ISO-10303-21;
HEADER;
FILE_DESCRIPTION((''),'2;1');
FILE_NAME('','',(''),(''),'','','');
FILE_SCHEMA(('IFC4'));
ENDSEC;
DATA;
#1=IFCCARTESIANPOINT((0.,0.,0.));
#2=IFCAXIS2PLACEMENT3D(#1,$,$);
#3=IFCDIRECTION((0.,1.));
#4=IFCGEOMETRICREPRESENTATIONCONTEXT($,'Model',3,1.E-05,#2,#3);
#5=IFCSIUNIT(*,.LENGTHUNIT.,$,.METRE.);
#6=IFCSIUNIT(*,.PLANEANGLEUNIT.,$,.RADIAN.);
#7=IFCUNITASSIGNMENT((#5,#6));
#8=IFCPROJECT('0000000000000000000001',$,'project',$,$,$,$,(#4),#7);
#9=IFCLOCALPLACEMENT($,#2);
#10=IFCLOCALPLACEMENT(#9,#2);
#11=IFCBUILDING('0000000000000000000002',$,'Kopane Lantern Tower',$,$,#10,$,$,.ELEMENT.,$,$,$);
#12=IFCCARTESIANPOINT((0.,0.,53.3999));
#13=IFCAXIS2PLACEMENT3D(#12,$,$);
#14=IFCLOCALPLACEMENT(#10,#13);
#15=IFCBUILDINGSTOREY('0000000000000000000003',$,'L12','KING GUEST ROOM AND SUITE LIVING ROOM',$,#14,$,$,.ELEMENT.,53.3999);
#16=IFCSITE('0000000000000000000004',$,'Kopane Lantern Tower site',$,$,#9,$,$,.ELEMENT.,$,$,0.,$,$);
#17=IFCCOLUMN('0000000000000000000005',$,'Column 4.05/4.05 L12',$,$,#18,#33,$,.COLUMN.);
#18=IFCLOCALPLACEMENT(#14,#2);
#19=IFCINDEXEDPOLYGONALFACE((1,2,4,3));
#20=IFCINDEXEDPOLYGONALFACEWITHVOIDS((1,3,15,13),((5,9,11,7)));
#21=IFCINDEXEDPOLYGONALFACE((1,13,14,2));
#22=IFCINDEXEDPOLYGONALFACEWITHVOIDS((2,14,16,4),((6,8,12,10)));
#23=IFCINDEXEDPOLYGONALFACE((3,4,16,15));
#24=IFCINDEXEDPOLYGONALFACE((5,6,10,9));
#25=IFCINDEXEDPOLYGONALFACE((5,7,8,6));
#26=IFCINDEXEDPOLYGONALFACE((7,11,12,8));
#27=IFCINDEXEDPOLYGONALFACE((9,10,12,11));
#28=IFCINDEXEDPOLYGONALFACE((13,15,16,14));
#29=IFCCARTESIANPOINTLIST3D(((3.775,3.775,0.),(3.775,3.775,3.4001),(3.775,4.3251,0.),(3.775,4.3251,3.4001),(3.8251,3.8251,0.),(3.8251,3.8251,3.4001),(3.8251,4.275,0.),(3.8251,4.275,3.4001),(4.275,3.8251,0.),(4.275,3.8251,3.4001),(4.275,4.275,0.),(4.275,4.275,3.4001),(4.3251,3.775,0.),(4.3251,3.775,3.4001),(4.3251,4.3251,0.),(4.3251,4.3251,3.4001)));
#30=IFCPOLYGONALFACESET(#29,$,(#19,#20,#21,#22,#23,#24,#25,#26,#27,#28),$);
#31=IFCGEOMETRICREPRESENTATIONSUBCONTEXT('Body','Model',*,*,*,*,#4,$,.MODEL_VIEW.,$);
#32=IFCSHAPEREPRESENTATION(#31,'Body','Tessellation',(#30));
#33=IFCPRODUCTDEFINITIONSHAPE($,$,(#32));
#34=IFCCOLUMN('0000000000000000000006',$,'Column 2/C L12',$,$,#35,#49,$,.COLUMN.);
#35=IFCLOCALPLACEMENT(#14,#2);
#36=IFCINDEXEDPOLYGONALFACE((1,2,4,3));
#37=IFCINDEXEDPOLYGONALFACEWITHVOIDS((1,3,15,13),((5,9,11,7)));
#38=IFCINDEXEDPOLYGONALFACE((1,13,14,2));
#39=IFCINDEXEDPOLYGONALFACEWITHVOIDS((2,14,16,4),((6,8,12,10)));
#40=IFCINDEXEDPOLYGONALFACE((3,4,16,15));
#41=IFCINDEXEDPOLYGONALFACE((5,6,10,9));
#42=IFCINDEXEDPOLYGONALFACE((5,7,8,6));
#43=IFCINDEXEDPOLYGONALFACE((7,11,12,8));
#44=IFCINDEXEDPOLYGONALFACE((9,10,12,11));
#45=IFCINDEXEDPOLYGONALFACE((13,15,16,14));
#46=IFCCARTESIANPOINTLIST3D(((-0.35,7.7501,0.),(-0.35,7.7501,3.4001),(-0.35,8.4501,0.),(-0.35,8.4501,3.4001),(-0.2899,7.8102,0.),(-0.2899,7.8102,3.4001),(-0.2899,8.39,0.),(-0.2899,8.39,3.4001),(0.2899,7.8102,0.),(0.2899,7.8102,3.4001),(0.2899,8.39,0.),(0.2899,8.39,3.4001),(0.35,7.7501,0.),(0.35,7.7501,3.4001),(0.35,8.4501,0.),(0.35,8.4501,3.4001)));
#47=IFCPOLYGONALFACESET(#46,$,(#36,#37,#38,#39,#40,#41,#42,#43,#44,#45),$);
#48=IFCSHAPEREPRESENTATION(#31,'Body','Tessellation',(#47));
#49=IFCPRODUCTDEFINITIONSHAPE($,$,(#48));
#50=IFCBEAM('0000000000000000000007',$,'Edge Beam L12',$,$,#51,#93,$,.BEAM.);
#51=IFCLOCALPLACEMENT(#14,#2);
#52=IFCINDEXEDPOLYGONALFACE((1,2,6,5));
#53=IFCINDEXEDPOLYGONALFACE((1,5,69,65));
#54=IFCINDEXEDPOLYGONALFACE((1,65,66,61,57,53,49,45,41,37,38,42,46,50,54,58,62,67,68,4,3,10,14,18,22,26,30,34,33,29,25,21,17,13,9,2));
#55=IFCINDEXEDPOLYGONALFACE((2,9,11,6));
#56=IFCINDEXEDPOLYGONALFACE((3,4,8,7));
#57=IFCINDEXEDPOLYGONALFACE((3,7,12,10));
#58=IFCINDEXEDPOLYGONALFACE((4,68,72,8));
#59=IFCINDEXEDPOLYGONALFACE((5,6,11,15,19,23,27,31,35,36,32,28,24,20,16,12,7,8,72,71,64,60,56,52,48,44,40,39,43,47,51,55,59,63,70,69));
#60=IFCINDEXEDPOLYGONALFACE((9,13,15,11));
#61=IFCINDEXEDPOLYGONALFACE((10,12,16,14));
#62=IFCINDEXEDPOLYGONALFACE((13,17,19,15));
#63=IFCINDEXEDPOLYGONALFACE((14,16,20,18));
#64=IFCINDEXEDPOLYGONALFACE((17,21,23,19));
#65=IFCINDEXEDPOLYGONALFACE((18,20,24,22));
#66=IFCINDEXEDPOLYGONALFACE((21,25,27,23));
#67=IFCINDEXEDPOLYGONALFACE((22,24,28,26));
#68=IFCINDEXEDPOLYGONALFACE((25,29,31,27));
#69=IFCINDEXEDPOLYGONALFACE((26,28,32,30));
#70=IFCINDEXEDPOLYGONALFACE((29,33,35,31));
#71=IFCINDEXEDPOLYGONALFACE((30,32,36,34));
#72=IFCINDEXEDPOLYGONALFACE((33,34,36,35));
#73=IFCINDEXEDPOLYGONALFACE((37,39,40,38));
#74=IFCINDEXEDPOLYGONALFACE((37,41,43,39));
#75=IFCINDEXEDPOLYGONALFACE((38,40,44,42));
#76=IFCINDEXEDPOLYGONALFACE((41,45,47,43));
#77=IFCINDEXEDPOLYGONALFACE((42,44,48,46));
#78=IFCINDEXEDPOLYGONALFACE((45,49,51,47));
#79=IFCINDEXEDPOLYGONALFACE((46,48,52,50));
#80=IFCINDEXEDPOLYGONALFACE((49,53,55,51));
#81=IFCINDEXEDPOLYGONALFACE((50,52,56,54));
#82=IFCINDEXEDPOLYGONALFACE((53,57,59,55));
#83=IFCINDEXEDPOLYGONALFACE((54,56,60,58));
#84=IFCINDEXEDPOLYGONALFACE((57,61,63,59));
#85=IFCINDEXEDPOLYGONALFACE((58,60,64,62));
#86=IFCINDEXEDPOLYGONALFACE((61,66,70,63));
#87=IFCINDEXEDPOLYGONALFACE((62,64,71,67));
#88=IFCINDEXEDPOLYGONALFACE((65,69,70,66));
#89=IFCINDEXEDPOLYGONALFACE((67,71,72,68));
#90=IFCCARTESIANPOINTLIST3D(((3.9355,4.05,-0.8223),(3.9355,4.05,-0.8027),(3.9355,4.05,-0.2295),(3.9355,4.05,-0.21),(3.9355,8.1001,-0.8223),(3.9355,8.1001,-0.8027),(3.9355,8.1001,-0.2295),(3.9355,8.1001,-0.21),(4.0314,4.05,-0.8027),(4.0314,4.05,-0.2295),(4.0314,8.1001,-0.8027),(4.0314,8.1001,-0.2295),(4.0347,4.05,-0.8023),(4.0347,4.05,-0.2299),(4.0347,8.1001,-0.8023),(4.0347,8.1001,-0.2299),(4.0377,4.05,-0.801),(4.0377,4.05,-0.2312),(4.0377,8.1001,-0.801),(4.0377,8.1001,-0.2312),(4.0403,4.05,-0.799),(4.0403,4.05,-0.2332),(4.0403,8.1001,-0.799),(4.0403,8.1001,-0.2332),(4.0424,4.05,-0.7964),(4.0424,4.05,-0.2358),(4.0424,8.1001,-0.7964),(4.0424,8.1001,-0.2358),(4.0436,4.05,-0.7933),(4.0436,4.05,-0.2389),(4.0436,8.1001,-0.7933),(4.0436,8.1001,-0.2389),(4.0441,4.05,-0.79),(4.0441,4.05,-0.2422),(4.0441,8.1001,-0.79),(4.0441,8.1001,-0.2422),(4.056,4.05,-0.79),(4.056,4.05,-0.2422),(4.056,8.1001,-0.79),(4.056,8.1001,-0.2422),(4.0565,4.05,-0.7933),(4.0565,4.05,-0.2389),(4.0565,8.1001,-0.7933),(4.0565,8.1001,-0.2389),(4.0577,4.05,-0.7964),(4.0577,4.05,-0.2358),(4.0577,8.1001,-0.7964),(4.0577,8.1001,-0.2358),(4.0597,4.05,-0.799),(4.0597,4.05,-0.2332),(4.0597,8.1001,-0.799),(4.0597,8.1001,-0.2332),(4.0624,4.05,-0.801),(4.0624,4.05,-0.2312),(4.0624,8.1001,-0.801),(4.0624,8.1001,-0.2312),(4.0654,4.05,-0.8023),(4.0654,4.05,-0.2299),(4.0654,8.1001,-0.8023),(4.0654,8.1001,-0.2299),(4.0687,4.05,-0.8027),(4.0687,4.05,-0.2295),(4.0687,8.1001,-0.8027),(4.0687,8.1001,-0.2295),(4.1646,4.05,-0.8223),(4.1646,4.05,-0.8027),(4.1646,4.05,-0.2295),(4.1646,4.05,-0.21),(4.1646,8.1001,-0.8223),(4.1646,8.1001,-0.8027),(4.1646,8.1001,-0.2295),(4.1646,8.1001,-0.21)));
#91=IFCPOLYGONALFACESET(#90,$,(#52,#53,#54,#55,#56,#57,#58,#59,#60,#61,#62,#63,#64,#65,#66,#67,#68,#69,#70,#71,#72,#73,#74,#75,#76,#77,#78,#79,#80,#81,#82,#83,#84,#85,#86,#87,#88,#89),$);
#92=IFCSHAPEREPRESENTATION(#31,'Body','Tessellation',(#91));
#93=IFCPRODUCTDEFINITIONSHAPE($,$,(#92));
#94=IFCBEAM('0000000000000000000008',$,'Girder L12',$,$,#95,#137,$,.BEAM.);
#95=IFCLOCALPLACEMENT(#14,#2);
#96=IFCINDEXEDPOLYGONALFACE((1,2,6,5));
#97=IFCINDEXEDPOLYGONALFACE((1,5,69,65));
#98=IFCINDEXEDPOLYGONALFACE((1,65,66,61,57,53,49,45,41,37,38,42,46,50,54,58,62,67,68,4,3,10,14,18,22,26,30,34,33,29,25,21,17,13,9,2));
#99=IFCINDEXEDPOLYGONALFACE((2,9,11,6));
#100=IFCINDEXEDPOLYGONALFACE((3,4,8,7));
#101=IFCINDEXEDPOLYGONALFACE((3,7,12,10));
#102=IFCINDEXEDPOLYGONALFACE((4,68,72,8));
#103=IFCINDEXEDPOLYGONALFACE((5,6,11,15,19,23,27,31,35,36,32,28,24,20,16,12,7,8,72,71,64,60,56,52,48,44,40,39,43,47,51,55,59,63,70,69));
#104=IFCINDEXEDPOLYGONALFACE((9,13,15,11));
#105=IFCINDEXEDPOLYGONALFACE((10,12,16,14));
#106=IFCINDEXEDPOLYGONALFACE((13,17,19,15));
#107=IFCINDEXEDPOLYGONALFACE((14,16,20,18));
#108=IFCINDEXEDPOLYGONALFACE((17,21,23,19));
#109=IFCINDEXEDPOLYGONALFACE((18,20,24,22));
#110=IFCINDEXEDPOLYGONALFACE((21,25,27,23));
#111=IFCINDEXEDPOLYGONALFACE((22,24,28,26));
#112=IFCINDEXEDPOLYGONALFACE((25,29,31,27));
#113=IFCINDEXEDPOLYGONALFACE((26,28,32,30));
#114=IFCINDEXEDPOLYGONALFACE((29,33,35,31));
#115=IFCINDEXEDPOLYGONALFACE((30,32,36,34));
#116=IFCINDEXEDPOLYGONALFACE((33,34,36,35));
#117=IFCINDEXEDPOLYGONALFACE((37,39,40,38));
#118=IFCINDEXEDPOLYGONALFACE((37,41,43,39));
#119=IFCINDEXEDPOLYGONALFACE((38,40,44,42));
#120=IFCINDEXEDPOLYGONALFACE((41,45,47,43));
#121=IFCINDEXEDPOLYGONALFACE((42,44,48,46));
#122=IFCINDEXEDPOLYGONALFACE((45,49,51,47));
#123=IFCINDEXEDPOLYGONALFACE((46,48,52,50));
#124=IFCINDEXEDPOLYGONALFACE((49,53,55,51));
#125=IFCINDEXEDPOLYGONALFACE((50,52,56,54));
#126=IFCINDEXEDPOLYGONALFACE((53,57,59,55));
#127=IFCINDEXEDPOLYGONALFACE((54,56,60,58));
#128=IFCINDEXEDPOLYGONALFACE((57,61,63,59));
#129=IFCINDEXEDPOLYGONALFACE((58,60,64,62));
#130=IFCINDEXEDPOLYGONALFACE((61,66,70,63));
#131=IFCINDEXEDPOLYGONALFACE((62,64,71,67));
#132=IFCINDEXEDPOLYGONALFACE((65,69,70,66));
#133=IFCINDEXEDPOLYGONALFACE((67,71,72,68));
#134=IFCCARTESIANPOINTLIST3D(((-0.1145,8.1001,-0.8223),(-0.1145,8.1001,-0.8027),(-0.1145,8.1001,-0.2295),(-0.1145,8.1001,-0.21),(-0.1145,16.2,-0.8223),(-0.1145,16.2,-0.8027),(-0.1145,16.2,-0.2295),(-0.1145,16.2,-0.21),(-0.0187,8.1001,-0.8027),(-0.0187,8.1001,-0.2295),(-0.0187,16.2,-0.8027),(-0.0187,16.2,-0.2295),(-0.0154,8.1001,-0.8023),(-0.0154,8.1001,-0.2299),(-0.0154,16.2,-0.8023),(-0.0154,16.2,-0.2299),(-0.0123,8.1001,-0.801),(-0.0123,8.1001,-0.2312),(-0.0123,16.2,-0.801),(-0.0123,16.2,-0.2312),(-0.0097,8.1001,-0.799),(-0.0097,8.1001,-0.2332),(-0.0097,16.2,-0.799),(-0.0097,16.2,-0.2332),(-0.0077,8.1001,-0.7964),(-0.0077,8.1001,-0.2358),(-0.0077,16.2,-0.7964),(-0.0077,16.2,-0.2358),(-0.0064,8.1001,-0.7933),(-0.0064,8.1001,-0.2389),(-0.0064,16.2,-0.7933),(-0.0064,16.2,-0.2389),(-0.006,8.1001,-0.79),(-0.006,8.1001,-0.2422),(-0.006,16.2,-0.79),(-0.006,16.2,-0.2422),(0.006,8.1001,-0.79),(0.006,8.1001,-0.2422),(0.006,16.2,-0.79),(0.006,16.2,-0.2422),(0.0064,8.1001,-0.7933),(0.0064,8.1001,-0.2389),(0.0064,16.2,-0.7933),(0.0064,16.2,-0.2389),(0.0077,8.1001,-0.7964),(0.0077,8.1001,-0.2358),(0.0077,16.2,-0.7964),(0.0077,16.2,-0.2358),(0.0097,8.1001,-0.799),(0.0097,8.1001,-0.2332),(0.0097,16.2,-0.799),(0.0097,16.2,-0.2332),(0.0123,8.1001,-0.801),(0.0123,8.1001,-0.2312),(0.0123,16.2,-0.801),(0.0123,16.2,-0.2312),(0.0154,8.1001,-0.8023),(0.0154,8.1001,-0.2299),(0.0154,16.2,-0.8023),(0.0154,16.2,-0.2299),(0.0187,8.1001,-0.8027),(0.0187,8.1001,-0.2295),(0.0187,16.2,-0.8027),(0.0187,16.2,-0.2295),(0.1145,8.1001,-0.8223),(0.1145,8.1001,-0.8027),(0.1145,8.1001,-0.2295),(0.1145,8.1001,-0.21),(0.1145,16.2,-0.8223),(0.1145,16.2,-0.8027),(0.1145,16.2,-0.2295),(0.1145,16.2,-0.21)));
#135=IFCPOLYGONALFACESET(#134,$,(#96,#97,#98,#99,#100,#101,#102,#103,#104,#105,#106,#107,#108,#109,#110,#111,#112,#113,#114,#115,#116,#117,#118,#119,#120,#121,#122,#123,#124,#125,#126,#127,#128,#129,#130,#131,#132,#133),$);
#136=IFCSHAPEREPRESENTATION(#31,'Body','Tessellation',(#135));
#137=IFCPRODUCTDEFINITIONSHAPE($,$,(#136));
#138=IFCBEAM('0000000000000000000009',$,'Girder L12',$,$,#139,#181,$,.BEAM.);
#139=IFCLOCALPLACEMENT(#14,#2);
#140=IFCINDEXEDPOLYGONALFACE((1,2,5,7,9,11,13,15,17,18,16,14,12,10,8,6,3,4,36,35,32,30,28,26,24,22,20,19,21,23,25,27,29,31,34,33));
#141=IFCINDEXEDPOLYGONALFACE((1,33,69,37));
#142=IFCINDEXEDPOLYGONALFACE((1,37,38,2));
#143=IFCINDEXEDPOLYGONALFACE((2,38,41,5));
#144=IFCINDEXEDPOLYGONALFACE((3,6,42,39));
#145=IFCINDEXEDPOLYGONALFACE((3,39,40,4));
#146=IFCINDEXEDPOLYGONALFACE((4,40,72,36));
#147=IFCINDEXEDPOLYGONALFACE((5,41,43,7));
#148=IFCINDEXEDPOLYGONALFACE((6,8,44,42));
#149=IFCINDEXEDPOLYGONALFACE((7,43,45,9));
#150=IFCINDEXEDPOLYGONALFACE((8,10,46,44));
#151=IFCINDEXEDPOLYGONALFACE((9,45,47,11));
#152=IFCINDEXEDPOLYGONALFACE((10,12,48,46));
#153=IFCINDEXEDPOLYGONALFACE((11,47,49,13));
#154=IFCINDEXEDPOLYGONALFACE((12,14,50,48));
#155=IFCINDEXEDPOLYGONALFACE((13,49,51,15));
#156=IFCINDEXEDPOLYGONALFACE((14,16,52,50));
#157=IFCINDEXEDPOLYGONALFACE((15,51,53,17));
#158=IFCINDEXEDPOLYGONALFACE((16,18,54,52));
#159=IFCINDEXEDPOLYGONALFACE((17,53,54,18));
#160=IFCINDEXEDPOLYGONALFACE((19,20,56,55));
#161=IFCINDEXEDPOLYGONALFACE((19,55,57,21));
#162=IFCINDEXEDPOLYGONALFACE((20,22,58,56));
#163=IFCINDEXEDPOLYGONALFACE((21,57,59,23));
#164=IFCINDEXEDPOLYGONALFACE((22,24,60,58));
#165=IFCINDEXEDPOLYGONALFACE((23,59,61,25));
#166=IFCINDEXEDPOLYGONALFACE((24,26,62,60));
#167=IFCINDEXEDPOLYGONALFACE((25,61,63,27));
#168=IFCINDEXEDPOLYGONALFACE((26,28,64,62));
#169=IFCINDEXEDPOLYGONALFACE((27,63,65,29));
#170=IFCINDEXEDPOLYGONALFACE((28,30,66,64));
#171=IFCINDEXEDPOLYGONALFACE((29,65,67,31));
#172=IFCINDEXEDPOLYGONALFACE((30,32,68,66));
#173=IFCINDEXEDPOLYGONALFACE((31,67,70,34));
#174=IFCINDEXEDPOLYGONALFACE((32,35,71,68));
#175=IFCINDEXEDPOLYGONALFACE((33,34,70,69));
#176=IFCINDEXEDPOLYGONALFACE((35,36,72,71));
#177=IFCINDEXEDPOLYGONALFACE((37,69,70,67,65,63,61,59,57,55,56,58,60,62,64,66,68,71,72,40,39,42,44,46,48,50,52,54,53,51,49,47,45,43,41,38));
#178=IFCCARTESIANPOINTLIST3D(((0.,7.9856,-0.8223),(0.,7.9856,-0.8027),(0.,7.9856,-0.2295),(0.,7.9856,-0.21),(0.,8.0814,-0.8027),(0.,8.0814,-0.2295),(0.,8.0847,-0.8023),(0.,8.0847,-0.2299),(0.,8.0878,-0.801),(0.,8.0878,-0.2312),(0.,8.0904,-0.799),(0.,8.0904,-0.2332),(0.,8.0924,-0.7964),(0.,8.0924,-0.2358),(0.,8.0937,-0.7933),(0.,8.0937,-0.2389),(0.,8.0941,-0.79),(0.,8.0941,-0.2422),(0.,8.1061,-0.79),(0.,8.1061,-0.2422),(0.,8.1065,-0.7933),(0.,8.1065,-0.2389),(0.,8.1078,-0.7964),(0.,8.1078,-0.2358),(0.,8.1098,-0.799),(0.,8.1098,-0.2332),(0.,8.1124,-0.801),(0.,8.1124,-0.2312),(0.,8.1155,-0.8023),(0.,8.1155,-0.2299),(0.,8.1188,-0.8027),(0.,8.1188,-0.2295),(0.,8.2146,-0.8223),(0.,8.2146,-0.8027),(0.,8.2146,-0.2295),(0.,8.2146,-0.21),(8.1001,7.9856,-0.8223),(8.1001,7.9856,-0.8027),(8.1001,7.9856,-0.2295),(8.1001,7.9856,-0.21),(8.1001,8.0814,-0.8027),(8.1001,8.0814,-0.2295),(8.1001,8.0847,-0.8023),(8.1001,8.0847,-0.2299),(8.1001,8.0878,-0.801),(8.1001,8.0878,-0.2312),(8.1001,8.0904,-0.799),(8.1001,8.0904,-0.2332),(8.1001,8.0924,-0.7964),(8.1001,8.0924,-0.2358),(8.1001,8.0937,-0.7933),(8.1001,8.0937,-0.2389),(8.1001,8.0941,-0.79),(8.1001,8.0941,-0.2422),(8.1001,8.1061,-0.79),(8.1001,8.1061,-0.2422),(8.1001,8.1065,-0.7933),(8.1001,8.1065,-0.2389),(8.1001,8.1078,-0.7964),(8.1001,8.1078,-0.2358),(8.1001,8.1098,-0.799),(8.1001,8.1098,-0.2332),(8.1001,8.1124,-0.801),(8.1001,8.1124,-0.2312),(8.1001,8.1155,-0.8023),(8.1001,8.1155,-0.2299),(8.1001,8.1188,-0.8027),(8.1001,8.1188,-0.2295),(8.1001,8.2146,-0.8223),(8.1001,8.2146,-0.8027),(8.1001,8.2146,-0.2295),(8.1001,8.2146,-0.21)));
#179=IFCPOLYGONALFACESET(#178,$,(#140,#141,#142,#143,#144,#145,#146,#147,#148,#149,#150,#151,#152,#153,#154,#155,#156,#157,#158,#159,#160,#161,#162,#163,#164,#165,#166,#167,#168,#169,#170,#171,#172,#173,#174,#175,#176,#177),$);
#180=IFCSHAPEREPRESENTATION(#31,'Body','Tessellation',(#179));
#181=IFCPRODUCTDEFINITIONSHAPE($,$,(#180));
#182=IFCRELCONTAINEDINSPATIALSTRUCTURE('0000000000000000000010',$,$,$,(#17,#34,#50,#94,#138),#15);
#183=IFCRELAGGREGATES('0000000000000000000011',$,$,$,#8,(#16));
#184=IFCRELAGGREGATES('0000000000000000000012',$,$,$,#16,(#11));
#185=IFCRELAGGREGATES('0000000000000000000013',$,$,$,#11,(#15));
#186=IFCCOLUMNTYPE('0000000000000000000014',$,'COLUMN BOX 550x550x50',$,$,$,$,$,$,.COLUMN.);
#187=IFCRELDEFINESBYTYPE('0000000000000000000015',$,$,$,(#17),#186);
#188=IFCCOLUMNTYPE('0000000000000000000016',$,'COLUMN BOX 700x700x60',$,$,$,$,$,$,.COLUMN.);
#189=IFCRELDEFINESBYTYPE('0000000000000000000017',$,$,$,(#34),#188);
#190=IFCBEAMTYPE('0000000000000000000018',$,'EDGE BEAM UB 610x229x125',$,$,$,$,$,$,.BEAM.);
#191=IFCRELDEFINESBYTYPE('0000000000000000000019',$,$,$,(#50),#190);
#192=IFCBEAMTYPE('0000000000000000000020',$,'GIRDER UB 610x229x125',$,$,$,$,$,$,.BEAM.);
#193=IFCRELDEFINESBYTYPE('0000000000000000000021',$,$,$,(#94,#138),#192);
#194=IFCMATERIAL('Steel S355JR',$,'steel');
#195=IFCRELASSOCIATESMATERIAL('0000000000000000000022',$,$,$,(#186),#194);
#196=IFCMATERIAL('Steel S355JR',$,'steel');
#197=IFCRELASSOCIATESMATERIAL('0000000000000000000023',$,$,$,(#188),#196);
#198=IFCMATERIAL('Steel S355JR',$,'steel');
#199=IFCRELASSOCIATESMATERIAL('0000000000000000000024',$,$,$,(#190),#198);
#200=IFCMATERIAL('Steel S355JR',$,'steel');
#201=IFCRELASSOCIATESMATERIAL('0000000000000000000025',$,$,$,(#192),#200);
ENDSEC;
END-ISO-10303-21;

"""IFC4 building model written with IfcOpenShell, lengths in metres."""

from ifc_helpers import new_model, si_unit, direction, frame, origin, origin_2d, place, context, subcontext, project, spatial, hollow_rectangle, i_section, extrude, material, material_profile, profile_set, type_object, element, save


model = new_model("IFC4")

# Units and contexts
model_context = context("Model", 3, precision=1e-05, world=origin(), true_north=direction((0.0, 1.0)))
body_context = subcontext(model_context, "Body", "Model", "MODEL_VIEW")
ifc_project = project(units=[si_unit("LENGTHUNIT", "METRE"), si_unit("PLANEANGLEUNIT", "RADIAN")], contexts=[model_context])

# Site, building, storey
site_placement = place(None, origin())
site = spatial("IfcSite", under=ifc_project, at=site_placement, Name="Kopane Lantern Tower site", CompositionType="ELEMENT", RefElevation=0.0)
building_placement = place(site_placement, origin())
building = spatial("IfcBuilding", under=site, at=building_placement, Name="Kopane Lantern Tower", CompositionType="ELEMENT")
storey_placement = place(building_placement, frame((0.0, 0.0, 53.3999)))
storey = spatial("IfcBuildingStorey", under=building, at=storey_placement, Name="L12", Description="KING GUEST ROOM AND SUITE LIVING ROOM", CompositionType="ELEMENT", Elevation=53.3999)

# Columns
ifc_material_1 = material(Name="Steel S355JR", Category="steel")
ifc_material_profile_1 = material_profile(ifc_material_1, hollow_rectangle(XDim=0.55, YDim=0.55, WallThickness=0.05, at=origin_2d()), Name="BOX 550x550x50")
ifc_profile_set_1 = profile_set([ifc_material_profile_1], Name="Steel S355JR")
column_type_1 = type_object("IfcColumnType", Name="COLUMN BOX 550x550x50", PredefinedType="COLUMN", material=ifc_profile_set_1)
column_1_placement = place(storey_placement, frame((4.05, 4.05, 0.0), z_axis=(0.0, 0.0, 1.0), x_axis=(1.0, 0.0, 0.0)))
element("IfcColumn", 1, at=column_1_placement, inside=storey, type_object=column_type_1, Name="Column 4.05/4.05 L12", PredefinedType="COLUMN", context=body_context, shape_type="SweptSolid", body=[
    extrude(hollow_rectangle(XDim=0.55, YDim=0.55, WallThickness=0.05, at=origin_2d()), origin(), (0.0, 0.0, 1.0), 3.4001),
])
ifc_material_2 = material(Name="Steel S355JR", Category="steel")
ifc_material_profile_2 = material_profile(ifc_material_2, hollow_rectangle(XDim=0.7, YDim=0.7, WallThickness=0.0601, at=origin_2d()), Name="BOX 700x700x60")
ifc_profile_set_2 = profile_set([ifc_material_profile_2], Name="Steel S355JR")
column_type_2 = type_object("IfcColumnType", Name="COLUMN BOX 700x700x60", PredefinedType="COLUMN", material=ifc_profile_set_2)
column_2_placement = place(storey_placement, frame((0.0, 8.1001, 0.0), z_axis=(0.0, 0.0, 1.0), x_axis=(1.0, 0.0, 0.0)))
element("IfcColumn", 2, at=column_2_placement, inside=storey, type_object=column_type_2, Name="Column 2/C L12", PredefinedType="COLUMN", context=body_context, shape_type="SweptSolid", body=[
    extrude(hollow_rectangle(XDim=0.7, YDim=0.7, WallThickness=0.0601, at=origin_2d()), origin(), (0.0, 0.0, 1.0), 3.4001),
])

# Beams
ifc_material_3 = material(Name="Steel S355JR", Category="steel")
ifc_material_profile_3 = material_profile(ifc_material_3, i_section(OverallWidth=0.229, OverallDepth=0.6123, WebThickness=0.012, FlangeThickness=0.0195, FilletRadius=0.0127, at=origin_2d()), Name="UB 610x229x125")
ifc_profile_set_3 = profile_set([ifc_material_profile_3], Name="Steel S355JR")
beam_type_1 = type_object("IfcBeamType", Name="EDGE BEAM UB 610x229x125", PredefinedType="BEAM", material=ifc_profile_set_3)
beam_1_placement = place(storey_placement, frame((4.05, 4.05, -0.5161), z_axis=(0.0, 1.0, 0.0), x_axis=(-1.0, 0.0, 0.0)))
element("IfcBeam", 3, at=beam_1_placement, inside=storey, type_object=beam_type_1, Name="Edge Beam L12", PredefinedType="BEAM", context=body_context, shape_type="SweptSolid", body=[
    extrude(i_section(OverallWidth=0.229, OverallDepth=0.6123, WebThickness=0.012, FlangeThickness=0.0195, FilletRadius=0.0127, at=origin_2d()), origin(), (0.0, 0.0, 1.0), 4.05),
])
ifc_material_4 = material(Name="Steel S355JR", Category="steel")
ifc_material_profile_4 = material_profile(ifc_material_4, i_section(OverallWidth=0.229, OverallDepth=0.6123, WebThickness=0.012, FlangeThickness=0.0195, FilletRadius=0.0127, at=origin_2d()), Name="UB 610x229x125")
ifc_profile_set_4 = profile_set([ifc_material_profile_4], Name="Steel S355JR")
beam_type_2 = type_object("IfcBeamType", Name="GIRDER UB 610x229x125", PredefinedType="BEAM", material=ifc_profile_set_4)
beam_2_placement = place(storey_placement, frame((0.0, 8.1001, -0.5161), z_axis=(0.0, 1.0, 0.0), x_axis=(-1.0, 0.0, 0.0)))
element("IfcBeam", 4, at=beam_2_placement, inside=storey, type_object=beam_type_2, Name="Girder L12", PredefinedType="BEAM", context=body_context, shape_type="SweptSolid", body=[
    extrude(i_section(OverallWidth=0.229, OverallDepth=0.6123, WebThickness=0.012, FlangeThickness=0.0195, FilletRadius=0.0127, at=origin_2d()), origin(), (0.0, 0.0, 1.0), 8.0999),
])
beam_3_placement = place(storey_placement, frame((0.0, 8.1001, -0.5161), z_axis=(1.0, 0.0, 0.0), x_axis=(0.0, 1.0, 0.0)))
element("IfcBeam", 5, at=beam_3_placement, inside=storey, type_object=beam_type_2, Name="Girder L12", PredefinedType="BEAM", context=body_context, shape_type="SweptSolid", body=[
    extrude(i_section(OverallWidth=0.229, OverallDepth=0.6123, WebThickness=0.012, FlangeThickness=0.0195, FilletRadius=0.0127, at=origin_2d()), origin(), (0.0, 0.0, 1.0), 8.1001),
])

save(model, "model.ifc")
